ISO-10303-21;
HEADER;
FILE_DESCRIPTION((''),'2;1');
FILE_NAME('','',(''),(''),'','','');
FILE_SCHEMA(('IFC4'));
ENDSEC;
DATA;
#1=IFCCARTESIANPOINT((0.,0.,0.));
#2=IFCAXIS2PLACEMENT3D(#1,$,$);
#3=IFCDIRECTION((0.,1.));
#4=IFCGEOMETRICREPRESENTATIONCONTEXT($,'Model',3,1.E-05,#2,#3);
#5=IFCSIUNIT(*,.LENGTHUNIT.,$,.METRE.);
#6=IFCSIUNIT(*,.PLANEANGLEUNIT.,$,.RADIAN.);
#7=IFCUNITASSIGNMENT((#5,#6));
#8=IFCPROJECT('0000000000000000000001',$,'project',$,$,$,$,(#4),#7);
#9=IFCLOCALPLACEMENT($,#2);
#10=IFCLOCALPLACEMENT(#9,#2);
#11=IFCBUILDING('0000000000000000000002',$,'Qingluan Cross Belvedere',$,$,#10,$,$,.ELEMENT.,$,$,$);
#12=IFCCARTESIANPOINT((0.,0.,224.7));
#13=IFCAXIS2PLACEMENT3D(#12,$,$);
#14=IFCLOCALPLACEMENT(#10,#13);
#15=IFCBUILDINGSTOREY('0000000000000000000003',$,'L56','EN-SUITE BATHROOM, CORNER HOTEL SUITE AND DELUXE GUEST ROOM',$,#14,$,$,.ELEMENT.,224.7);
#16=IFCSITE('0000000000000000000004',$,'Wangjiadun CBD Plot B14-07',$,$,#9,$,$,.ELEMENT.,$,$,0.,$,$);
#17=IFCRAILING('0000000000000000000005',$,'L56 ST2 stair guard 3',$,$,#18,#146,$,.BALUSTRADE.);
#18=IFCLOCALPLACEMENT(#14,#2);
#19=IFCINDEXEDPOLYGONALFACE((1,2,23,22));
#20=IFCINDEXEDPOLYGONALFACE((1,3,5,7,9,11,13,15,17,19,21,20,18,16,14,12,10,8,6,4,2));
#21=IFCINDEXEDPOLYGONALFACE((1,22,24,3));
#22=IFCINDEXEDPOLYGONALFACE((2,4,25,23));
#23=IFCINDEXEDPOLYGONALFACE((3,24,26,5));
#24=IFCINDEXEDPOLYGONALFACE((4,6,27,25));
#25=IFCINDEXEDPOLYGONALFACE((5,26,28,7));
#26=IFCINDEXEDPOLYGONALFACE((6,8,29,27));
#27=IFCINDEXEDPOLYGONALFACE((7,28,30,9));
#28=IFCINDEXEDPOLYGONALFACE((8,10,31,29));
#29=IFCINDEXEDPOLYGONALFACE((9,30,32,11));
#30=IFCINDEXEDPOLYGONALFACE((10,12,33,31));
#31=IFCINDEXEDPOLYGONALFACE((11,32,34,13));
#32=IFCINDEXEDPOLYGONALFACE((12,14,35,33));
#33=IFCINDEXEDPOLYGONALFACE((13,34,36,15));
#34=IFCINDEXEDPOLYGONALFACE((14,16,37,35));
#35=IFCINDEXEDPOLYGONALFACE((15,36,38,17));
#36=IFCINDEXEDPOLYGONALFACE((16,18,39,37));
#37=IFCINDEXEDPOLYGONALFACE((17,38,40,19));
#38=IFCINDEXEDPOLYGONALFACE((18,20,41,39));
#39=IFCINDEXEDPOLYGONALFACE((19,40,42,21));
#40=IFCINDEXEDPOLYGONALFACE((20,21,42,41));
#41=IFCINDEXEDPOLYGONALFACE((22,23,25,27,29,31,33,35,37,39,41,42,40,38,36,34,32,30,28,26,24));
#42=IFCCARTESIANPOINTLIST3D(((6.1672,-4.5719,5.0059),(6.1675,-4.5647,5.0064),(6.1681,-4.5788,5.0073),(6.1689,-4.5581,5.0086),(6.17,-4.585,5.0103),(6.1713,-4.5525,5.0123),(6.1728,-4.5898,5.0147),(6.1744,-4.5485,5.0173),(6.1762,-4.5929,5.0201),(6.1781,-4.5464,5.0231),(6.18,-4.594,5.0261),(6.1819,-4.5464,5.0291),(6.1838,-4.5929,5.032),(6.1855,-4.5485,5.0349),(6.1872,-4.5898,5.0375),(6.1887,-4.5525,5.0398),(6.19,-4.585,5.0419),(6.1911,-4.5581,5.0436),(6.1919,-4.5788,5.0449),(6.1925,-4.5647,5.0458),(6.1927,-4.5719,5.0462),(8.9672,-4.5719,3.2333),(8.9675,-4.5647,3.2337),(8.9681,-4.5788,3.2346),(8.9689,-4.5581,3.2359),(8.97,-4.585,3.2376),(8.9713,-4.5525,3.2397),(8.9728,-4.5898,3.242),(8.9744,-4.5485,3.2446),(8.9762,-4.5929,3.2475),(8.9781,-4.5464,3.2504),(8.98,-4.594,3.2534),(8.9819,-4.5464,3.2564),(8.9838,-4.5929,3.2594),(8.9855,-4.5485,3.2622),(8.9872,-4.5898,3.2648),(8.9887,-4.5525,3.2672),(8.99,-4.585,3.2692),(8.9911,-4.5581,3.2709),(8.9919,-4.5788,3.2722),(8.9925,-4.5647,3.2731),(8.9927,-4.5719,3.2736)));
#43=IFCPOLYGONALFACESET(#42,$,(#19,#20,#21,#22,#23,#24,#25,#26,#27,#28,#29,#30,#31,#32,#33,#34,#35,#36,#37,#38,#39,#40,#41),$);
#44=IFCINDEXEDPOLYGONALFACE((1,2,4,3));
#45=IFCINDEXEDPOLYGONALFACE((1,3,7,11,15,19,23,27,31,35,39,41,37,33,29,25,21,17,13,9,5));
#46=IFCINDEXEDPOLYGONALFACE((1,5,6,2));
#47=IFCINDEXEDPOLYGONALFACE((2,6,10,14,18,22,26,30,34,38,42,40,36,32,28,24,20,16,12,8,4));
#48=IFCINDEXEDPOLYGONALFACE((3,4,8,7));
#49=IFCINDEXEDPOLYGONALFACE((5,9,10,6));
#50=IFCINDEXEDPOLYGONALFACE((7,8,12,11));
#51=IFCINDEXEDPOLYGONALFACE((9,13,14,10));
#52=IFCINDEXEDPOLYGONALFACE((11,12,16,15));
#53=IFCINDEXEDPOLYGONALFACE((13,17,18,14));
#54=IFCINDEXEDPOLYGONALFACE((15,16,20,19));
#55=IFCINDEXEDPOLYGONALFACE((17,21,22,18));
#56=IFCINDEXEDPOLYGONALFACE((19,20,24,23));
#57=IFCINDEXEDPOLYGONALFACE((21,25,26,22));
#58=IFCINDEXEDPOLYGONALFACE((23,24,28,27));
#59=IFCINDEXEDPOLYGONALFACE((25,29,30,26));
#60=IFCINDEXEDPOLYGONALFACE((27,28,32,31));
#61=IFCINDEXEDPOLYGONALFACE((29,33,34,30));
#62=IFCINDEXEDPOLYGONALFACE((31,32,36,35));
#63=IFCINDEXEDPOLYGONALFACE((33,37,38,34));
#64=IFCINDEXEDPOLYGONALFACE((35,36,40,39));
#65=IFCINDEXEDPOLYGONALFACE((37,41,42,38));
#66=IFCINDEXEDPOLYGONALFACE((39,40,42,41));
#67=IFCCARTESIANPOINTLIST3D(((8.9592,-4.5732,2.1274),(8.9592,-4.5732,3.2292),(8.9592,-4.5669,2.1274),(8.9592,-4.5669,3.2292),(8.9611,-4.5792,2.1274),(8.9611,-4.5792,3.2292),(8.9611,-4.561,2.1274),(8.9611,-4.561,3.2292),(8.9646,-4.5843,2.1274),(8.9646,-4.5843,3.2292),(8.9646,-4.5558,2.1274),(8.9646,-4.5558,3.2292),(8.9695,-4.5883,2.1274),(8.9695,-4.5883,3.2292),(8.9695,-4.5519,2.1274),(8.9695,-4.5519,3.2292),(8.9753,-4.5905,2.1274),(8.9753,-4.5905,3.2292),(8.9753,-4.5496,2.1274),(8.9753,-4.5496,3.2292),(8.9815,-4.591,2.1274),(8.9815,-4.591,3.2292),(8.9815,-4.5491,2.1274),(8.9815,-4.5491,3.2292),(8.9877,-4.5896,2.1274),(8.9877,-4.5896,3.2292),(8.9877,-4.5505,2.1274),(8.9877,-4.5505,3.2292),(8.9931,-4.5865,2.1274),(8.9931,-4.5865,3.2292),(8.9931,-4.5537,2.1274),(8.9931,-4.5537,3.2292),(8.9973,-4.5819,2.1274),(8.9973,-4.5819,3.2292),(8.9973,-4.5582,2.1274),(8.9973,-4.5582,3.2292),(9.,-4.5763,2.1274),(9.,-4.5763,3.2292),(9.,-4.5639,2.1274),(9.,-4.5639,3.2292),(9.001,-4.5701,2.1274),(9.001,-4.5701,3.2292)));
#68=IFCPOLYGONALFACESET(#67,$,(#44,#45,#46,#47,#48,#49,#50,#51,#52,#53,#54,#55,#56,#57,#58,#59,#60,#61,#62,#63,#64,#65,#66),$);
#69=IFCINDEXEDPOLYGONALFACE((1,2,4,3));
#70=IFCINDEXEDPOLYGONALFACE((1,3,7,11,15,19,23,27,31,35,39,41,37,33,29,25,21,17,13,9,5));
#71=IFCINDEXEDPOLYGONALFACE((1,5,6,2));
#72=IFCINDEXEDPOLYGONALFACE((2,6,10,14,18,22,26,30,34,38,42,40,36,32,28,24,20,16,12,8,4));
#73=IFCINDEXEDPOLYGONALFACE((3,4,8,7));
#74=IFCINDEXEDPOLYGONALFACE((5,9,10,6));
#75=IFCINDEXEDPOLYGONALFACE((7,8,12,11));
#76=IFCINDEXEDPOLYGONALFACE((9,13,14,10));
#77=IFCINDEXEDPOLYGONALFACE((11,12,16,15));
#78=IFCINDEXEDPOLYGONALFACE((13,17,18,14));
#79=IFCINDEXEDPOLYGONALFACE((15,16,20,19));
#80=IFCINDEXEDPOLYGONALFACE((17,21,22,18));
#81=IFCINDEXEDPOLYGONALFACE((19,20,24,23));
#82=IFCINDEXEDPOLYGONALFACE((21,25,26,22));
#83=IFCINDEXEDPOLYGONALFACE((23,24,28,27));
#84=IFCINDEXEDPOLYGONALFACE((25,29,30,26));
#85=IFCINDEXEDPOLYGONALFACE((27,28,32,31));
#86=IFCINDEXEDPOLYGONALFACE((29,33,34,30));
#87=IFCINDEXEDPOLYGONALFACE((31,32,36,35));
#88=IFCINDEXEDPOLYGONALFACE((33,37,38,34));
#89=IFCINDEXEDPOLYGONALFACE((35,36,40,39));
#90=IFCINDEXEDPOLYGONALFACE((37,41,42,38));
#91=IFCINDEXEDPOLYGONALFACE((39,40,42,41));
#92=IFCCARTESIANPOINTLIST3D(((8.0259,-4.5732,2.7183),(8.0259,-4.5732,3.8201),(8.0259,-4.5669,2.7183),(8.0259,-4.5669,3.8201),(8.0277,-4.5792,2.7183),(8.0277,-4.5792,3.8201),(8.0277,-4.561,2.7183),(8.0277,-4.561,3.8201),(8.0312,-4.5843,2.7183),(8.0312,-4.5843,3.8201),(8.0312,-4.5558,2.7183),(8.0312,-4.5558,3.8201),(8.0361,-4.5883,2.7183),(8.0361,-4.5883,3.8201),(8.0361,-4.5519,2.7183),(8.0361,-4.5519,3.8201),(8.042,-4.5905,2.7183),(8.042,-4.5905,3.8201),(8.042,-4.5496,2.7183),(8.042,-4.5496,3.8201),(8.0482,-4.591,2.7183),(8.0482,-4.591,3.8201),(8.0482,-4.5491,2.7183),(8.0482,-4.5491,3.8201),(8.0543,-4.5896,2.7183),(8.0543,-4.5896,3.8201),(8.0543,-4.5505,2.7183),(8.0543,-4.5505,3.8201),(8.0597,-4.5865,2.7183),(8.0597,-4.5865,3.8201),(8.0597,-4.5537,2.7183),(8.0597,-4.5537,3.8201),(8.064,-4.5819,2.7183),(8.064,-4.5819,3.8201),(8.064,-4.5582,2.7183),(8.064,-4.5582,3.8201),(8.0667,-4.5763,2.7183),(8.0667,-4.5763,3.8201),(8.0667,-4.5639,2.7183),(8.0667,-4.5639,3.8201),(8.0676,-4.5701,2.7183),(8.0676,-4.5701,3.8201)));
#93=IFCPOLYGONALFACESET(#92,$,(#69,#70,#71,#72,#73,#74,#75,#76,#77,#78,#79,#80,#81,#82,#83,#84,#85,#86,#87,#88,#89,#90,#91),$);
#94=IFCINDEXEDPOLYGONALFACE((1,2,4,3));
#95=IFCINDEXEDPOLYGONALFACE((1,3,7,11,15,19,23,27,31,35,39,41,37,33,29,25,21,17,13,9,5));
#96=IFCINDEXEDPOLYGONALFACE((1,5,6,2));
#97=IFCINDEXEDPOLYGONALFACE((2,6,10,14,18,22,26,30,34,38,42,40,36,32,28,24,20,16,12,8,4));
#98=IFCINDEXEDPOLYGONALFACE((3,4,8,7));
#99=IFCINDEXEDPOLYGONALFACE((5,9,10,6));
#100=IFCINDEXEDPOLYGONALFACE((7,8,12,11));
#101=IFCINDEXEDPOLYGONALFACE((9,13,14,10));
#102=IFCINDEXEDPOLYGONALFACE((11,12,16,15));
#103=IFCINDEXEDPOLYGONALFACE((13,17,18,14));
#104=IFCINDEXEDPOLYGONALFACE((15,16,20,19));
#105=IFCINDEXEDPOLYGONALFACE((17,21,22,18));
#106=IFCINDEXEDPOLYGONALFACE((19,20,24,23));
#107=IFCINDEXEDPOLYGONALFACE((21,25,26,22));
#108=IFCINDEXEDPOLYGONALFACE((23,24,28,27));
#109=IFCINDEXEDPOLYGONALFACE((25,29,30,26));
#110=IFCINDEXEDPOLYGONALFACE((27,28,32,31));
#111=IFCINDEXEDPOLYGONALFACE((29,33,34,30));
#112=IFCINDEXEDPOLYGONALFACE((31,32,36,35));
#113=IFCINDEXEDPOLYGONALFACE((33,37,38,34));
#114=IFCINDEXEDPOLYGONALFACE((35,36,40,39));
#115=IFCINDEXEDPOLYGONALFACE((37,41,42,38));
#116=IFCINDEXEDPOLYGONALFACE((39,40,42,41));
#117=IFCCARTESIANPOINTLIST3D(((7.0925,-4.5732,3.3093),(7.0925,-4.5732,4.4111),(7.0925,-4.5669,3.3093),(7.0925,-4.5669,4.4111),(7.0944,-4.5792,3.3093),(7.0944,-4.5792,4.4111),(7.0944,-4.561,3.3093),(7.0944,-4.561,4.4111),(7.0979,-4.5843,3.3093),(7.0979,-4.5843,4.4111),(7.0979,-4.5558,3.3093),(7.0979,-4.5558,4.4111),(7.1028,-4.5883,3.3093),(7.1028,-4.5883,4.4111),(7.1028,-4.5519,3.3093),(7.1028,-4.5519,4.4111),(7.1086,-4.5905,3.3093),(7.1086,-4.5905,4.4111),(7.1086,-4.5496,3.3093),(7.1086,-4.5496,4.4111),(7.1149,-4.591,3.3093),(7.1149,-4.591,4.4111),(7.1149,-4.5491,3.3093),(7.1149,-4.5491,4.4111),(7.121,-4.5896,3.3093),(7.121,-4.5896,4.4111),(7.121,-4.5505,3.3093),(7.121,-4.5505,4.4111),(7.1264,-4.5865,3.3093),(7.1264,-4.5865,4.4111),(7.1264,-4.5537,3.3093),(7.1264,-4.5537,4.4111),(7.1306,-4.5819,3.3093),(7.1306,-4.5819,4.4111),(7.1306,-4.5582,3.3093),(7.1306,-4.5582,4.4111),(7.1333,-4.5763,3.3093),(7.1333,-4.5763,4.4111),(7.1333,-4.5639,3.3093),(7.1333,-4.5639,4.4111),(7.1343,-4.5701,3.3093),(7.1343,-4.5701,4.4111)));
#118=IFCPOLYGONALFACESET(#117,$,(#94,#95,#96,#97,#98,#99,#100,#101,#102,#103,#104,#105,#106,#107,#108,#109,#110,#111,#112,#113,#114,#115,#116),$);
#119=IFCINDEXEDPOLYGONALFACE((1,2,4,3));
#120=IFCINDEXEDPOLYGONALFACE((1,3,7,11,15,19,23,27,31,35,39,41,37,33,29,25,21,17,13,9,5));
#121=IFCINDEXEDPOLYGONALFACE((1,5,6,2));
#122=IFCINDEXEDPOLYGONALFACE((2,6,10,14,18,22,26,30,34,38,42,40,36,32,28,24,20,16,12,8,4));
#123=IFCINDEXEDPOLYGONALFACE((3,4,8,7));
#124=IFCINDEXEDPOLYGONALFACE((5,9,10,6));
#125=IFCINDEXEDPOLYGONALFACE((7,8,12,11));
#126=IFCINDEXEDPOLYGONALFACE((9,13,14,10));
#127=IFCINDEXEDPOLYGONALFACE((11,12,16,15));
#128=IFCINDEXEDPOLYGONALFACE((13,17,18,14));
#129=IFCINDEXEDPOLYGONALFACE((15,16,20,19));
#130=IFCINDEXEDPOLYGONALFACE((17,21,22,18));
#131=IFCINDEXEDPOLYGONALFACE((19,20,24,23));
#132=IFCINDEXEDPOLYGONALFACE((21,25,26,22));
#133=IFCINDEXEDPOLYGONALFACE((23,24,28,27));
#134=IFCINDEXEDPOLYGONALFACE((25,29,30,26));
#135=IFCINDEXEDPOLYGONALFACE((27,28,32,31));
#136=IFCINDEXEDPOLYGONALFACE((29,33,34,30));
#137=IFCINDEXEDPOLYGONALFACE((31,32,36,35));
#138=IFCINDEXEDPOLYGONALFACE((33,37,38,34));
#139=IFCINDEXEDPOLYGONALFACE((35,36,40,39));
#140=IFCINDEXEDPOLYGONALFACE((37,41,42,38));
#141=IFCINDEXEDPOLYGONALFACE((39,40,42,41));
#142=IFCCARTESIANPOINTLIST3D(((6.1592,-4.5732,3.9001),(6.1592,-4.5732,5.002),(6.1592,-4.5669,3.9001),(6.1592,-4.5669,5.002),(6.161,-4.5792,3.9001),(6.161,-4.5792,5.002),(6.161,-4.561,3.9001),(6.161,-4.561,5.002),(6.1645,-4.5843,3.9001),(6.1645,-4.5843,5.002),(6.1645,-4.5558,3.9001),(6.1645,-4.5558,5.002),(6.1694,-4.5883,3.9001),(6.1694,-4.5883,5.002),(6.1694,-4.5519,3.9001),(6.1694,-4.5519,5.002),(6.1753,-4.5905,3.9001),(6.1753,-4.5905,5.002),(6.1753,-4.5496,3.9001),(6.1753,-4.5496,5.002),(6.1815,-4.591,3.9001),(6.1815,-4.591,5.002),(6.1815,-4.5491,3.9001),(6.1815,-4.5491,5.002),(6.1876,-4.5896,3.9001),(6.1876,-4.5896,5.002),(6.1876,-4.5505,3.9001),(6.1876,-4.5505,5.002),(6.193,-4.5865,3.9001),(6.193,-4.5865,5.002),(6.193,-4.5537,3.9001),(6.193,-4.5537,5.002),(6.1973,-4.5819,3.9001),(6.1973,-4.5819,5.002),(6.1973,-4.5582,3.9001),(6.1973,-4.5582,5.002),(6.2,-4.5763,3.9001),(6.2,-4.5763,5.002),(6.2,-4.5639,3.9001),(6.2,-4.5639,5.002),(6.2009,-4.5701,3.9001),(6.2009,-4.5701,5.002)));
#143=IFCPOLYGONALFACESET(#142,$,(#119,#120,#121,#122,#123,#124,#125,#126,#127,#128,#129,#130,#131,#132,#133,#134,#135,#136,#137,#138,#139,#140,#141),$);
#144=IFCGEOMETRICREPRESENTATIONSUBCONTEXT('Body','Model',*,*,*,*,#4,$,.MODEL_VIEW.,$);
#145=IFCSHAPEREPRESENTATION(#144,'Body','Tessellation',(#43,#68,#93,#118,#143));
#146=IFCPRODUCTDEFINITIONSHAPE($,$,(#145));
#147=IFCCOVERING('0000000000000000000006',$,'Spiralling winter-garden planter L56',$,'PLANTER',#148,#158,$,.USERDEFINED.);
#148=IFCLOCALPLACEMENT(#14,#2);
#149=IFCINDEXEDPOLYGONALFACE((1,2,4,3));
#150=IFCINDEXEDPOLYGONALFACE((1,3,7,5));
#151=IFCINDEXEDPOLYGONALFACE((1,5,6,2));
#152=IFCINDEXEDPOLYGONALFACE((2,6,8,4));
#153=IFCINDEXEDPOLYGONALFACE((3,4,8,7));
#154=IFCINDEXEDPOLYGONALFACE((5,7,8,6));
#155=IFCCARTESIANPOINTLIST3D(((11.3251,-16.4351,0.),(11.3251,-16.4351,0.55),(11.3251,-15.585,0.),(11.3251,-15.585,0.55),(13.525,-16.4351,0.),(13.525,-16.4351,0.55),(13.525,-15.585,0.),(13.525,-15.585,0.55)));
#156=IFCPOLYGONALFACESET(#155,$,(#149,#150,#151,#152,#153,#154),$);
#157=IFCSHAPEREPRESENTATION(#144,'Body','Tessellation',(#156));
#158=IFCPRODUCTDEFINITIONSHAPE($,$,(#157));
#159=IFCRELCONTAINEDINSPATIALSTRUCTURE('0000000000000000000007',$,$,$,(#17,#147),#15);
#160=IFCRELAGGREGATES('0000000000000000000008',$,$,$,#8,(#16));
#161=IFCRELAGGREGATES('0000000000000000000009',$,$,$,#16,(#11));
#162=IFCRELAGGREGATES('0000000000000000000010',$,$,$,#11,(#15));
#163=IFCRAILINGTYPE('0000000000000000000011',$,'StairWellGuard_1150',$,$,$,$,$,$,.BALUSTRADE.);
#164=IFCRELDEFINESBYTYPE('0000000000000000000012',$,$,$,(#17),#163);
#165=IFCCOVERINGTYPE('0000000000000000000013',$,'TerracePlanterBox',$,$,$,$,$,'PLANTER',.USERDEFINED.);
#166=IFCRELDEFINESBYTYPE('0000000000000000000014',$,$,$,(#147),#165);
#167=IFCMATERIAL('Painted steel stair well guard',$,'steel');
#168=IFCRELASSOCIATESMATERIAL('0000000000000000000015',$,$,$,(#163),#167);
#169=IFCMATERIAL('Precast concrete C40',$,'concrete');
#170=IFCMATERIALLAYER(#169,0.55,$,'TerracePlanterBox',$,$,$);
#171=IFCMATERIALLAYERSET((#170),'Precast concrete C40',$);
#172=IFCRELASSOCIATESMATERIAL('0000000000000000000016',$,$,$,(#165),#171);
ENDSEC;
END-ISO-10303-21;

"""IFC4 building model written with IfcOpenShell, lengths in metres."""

from ifc_helpers import new_model, si_unit, direction, frame, origin, origin_2d, place, context, subcontext, project, spatial, rectangle, circle, extrude, material, layer, layer_set, type_object, element, save


model = new_model("IFC4")

# Units and contexts
model_context = context("Model", 3, precision=1e-05, world=origin(), true_north=direction((0.0, 1.0)))
body_context = subcontext(model_context, "Body", "Model", "MODEL_VIEW")
ifc_project = project(units=[si_unit("LENGTHUNIT", "METRE"), si_unit("PLANEANGLEUNIT", "RADIAN")], contexts=[model_context])

# Site, building, storey
site_placement = place(None, origin())
site = spatial("IfcSite", under=ifc_project, at=site_placement, Name="Wangjiadun CBD Plot B14-07", CompositionType="ELEMENT", RefElevation=0.0)
building_placement = place(site_placement, origin())
building = spatial("IfcBuilding", under=site, at=building_placement, Name="Qingluan Cross Belvedere", CompositionType="ELEMENT")
storey_placement = place(building_placement, frame((0.0, 0.0, 224.7)))
storey = spatial("IfcBuildingStorey", under=building, at=storey_placement, Name="L56", Description="EN-SUITE BATHROOM, CORNER HOTEL SUITE AND DELUXE GUEST ROOM", CompositionType="ELEMENT", Elevation=224.7)

# Railing
ifc_material_1 = material(Name="Painted steel stair well guard", Category="steel")
railing_type_1 = type_object("IfcRailingType", Name="StairWellGuard_1150", PredefinedType="BALUSTRADE", material=ifc_material_1)
railing_1_placement = place(storey_placement, frame((8.98, -4.5701, 2.1274)))
element("IfcRailing", 1, at=railing_1_placement, inside=storey, type_object=railing_type_1, Name="L56 ST2 stair guard 3", PredefinedType="BALUSTRADE", context=body_context, shape_type="SweptSolid", body=[
    extrude(circle(Radius=0.0239, at=origin_2d()), frame((0.0, 0.0, 1.126), z_axis=(-0.844909, 0.0, 0.53491), x_axis=(0.0, -1.0, 0.0)), (0.0, 0.0, 1.0), 3.314),
    extrude(circle(Radius=0.021, at=origin_2d()), origin(), (0.0, 0.0, 1.0), 1.1018),
    extrude(circle(Radius=0.021, at=origin_2d()), frame((-0.9333, 0.0, 0.5908)), (0.0, 0.0, 1.0), 1.1018),
    extrude(circle(Radius=0.021, at=origin_2d()), frame((-1.8667, 0.0, 1.1819)), (0.0, 0.0, 1.0), 1.1018),
    extrude(circle(Radius=0.021, at=origin_2d()), frame((-2.8, 0.0, 1.7727)), (0.0, 0.0, 1.0), 1.1018),
])

# Covering
ifc_material_2 = material(Name="Precast concrete C40", Category="concrete")
ifc_layer_1 = layer(ifc_material_2, 0.55, Name="TerracePlanterBox")
ifc_layer_set_1 = layer_set([ifc_layer_1], Name="Precast concrete C40")
covering_type_1 = type_object("IfcCoveringType", Name="TerracePlanterBox", ElementType="PLANTER", PredefinedType="USERDEFINED", material=ifc_layer_set_1)
covering_1_placement = place(storey_placement, frame((12.425, -16.01, 0.0), z_axis=(0.0, 0.0, 1.0), x_axis=(1.0, 0.0, 0.0)))
element("IfcCovering", 2, at=covering_1_placement, inside=storey, type_object=covering_type_1, Name="Spiralling winter-garden planter L56", ObjectType="PLANTER", PredefinedType="USERDEFINED", context=body_context, shape_type="SweptSolid", body=[
    extrude(rectangle(XDim=2.2, YDim=0.8501, at=origin_2d()), origin(), (0.0, 0.0, 1.0), 0.55),
])

save(model, "model.ifc")
